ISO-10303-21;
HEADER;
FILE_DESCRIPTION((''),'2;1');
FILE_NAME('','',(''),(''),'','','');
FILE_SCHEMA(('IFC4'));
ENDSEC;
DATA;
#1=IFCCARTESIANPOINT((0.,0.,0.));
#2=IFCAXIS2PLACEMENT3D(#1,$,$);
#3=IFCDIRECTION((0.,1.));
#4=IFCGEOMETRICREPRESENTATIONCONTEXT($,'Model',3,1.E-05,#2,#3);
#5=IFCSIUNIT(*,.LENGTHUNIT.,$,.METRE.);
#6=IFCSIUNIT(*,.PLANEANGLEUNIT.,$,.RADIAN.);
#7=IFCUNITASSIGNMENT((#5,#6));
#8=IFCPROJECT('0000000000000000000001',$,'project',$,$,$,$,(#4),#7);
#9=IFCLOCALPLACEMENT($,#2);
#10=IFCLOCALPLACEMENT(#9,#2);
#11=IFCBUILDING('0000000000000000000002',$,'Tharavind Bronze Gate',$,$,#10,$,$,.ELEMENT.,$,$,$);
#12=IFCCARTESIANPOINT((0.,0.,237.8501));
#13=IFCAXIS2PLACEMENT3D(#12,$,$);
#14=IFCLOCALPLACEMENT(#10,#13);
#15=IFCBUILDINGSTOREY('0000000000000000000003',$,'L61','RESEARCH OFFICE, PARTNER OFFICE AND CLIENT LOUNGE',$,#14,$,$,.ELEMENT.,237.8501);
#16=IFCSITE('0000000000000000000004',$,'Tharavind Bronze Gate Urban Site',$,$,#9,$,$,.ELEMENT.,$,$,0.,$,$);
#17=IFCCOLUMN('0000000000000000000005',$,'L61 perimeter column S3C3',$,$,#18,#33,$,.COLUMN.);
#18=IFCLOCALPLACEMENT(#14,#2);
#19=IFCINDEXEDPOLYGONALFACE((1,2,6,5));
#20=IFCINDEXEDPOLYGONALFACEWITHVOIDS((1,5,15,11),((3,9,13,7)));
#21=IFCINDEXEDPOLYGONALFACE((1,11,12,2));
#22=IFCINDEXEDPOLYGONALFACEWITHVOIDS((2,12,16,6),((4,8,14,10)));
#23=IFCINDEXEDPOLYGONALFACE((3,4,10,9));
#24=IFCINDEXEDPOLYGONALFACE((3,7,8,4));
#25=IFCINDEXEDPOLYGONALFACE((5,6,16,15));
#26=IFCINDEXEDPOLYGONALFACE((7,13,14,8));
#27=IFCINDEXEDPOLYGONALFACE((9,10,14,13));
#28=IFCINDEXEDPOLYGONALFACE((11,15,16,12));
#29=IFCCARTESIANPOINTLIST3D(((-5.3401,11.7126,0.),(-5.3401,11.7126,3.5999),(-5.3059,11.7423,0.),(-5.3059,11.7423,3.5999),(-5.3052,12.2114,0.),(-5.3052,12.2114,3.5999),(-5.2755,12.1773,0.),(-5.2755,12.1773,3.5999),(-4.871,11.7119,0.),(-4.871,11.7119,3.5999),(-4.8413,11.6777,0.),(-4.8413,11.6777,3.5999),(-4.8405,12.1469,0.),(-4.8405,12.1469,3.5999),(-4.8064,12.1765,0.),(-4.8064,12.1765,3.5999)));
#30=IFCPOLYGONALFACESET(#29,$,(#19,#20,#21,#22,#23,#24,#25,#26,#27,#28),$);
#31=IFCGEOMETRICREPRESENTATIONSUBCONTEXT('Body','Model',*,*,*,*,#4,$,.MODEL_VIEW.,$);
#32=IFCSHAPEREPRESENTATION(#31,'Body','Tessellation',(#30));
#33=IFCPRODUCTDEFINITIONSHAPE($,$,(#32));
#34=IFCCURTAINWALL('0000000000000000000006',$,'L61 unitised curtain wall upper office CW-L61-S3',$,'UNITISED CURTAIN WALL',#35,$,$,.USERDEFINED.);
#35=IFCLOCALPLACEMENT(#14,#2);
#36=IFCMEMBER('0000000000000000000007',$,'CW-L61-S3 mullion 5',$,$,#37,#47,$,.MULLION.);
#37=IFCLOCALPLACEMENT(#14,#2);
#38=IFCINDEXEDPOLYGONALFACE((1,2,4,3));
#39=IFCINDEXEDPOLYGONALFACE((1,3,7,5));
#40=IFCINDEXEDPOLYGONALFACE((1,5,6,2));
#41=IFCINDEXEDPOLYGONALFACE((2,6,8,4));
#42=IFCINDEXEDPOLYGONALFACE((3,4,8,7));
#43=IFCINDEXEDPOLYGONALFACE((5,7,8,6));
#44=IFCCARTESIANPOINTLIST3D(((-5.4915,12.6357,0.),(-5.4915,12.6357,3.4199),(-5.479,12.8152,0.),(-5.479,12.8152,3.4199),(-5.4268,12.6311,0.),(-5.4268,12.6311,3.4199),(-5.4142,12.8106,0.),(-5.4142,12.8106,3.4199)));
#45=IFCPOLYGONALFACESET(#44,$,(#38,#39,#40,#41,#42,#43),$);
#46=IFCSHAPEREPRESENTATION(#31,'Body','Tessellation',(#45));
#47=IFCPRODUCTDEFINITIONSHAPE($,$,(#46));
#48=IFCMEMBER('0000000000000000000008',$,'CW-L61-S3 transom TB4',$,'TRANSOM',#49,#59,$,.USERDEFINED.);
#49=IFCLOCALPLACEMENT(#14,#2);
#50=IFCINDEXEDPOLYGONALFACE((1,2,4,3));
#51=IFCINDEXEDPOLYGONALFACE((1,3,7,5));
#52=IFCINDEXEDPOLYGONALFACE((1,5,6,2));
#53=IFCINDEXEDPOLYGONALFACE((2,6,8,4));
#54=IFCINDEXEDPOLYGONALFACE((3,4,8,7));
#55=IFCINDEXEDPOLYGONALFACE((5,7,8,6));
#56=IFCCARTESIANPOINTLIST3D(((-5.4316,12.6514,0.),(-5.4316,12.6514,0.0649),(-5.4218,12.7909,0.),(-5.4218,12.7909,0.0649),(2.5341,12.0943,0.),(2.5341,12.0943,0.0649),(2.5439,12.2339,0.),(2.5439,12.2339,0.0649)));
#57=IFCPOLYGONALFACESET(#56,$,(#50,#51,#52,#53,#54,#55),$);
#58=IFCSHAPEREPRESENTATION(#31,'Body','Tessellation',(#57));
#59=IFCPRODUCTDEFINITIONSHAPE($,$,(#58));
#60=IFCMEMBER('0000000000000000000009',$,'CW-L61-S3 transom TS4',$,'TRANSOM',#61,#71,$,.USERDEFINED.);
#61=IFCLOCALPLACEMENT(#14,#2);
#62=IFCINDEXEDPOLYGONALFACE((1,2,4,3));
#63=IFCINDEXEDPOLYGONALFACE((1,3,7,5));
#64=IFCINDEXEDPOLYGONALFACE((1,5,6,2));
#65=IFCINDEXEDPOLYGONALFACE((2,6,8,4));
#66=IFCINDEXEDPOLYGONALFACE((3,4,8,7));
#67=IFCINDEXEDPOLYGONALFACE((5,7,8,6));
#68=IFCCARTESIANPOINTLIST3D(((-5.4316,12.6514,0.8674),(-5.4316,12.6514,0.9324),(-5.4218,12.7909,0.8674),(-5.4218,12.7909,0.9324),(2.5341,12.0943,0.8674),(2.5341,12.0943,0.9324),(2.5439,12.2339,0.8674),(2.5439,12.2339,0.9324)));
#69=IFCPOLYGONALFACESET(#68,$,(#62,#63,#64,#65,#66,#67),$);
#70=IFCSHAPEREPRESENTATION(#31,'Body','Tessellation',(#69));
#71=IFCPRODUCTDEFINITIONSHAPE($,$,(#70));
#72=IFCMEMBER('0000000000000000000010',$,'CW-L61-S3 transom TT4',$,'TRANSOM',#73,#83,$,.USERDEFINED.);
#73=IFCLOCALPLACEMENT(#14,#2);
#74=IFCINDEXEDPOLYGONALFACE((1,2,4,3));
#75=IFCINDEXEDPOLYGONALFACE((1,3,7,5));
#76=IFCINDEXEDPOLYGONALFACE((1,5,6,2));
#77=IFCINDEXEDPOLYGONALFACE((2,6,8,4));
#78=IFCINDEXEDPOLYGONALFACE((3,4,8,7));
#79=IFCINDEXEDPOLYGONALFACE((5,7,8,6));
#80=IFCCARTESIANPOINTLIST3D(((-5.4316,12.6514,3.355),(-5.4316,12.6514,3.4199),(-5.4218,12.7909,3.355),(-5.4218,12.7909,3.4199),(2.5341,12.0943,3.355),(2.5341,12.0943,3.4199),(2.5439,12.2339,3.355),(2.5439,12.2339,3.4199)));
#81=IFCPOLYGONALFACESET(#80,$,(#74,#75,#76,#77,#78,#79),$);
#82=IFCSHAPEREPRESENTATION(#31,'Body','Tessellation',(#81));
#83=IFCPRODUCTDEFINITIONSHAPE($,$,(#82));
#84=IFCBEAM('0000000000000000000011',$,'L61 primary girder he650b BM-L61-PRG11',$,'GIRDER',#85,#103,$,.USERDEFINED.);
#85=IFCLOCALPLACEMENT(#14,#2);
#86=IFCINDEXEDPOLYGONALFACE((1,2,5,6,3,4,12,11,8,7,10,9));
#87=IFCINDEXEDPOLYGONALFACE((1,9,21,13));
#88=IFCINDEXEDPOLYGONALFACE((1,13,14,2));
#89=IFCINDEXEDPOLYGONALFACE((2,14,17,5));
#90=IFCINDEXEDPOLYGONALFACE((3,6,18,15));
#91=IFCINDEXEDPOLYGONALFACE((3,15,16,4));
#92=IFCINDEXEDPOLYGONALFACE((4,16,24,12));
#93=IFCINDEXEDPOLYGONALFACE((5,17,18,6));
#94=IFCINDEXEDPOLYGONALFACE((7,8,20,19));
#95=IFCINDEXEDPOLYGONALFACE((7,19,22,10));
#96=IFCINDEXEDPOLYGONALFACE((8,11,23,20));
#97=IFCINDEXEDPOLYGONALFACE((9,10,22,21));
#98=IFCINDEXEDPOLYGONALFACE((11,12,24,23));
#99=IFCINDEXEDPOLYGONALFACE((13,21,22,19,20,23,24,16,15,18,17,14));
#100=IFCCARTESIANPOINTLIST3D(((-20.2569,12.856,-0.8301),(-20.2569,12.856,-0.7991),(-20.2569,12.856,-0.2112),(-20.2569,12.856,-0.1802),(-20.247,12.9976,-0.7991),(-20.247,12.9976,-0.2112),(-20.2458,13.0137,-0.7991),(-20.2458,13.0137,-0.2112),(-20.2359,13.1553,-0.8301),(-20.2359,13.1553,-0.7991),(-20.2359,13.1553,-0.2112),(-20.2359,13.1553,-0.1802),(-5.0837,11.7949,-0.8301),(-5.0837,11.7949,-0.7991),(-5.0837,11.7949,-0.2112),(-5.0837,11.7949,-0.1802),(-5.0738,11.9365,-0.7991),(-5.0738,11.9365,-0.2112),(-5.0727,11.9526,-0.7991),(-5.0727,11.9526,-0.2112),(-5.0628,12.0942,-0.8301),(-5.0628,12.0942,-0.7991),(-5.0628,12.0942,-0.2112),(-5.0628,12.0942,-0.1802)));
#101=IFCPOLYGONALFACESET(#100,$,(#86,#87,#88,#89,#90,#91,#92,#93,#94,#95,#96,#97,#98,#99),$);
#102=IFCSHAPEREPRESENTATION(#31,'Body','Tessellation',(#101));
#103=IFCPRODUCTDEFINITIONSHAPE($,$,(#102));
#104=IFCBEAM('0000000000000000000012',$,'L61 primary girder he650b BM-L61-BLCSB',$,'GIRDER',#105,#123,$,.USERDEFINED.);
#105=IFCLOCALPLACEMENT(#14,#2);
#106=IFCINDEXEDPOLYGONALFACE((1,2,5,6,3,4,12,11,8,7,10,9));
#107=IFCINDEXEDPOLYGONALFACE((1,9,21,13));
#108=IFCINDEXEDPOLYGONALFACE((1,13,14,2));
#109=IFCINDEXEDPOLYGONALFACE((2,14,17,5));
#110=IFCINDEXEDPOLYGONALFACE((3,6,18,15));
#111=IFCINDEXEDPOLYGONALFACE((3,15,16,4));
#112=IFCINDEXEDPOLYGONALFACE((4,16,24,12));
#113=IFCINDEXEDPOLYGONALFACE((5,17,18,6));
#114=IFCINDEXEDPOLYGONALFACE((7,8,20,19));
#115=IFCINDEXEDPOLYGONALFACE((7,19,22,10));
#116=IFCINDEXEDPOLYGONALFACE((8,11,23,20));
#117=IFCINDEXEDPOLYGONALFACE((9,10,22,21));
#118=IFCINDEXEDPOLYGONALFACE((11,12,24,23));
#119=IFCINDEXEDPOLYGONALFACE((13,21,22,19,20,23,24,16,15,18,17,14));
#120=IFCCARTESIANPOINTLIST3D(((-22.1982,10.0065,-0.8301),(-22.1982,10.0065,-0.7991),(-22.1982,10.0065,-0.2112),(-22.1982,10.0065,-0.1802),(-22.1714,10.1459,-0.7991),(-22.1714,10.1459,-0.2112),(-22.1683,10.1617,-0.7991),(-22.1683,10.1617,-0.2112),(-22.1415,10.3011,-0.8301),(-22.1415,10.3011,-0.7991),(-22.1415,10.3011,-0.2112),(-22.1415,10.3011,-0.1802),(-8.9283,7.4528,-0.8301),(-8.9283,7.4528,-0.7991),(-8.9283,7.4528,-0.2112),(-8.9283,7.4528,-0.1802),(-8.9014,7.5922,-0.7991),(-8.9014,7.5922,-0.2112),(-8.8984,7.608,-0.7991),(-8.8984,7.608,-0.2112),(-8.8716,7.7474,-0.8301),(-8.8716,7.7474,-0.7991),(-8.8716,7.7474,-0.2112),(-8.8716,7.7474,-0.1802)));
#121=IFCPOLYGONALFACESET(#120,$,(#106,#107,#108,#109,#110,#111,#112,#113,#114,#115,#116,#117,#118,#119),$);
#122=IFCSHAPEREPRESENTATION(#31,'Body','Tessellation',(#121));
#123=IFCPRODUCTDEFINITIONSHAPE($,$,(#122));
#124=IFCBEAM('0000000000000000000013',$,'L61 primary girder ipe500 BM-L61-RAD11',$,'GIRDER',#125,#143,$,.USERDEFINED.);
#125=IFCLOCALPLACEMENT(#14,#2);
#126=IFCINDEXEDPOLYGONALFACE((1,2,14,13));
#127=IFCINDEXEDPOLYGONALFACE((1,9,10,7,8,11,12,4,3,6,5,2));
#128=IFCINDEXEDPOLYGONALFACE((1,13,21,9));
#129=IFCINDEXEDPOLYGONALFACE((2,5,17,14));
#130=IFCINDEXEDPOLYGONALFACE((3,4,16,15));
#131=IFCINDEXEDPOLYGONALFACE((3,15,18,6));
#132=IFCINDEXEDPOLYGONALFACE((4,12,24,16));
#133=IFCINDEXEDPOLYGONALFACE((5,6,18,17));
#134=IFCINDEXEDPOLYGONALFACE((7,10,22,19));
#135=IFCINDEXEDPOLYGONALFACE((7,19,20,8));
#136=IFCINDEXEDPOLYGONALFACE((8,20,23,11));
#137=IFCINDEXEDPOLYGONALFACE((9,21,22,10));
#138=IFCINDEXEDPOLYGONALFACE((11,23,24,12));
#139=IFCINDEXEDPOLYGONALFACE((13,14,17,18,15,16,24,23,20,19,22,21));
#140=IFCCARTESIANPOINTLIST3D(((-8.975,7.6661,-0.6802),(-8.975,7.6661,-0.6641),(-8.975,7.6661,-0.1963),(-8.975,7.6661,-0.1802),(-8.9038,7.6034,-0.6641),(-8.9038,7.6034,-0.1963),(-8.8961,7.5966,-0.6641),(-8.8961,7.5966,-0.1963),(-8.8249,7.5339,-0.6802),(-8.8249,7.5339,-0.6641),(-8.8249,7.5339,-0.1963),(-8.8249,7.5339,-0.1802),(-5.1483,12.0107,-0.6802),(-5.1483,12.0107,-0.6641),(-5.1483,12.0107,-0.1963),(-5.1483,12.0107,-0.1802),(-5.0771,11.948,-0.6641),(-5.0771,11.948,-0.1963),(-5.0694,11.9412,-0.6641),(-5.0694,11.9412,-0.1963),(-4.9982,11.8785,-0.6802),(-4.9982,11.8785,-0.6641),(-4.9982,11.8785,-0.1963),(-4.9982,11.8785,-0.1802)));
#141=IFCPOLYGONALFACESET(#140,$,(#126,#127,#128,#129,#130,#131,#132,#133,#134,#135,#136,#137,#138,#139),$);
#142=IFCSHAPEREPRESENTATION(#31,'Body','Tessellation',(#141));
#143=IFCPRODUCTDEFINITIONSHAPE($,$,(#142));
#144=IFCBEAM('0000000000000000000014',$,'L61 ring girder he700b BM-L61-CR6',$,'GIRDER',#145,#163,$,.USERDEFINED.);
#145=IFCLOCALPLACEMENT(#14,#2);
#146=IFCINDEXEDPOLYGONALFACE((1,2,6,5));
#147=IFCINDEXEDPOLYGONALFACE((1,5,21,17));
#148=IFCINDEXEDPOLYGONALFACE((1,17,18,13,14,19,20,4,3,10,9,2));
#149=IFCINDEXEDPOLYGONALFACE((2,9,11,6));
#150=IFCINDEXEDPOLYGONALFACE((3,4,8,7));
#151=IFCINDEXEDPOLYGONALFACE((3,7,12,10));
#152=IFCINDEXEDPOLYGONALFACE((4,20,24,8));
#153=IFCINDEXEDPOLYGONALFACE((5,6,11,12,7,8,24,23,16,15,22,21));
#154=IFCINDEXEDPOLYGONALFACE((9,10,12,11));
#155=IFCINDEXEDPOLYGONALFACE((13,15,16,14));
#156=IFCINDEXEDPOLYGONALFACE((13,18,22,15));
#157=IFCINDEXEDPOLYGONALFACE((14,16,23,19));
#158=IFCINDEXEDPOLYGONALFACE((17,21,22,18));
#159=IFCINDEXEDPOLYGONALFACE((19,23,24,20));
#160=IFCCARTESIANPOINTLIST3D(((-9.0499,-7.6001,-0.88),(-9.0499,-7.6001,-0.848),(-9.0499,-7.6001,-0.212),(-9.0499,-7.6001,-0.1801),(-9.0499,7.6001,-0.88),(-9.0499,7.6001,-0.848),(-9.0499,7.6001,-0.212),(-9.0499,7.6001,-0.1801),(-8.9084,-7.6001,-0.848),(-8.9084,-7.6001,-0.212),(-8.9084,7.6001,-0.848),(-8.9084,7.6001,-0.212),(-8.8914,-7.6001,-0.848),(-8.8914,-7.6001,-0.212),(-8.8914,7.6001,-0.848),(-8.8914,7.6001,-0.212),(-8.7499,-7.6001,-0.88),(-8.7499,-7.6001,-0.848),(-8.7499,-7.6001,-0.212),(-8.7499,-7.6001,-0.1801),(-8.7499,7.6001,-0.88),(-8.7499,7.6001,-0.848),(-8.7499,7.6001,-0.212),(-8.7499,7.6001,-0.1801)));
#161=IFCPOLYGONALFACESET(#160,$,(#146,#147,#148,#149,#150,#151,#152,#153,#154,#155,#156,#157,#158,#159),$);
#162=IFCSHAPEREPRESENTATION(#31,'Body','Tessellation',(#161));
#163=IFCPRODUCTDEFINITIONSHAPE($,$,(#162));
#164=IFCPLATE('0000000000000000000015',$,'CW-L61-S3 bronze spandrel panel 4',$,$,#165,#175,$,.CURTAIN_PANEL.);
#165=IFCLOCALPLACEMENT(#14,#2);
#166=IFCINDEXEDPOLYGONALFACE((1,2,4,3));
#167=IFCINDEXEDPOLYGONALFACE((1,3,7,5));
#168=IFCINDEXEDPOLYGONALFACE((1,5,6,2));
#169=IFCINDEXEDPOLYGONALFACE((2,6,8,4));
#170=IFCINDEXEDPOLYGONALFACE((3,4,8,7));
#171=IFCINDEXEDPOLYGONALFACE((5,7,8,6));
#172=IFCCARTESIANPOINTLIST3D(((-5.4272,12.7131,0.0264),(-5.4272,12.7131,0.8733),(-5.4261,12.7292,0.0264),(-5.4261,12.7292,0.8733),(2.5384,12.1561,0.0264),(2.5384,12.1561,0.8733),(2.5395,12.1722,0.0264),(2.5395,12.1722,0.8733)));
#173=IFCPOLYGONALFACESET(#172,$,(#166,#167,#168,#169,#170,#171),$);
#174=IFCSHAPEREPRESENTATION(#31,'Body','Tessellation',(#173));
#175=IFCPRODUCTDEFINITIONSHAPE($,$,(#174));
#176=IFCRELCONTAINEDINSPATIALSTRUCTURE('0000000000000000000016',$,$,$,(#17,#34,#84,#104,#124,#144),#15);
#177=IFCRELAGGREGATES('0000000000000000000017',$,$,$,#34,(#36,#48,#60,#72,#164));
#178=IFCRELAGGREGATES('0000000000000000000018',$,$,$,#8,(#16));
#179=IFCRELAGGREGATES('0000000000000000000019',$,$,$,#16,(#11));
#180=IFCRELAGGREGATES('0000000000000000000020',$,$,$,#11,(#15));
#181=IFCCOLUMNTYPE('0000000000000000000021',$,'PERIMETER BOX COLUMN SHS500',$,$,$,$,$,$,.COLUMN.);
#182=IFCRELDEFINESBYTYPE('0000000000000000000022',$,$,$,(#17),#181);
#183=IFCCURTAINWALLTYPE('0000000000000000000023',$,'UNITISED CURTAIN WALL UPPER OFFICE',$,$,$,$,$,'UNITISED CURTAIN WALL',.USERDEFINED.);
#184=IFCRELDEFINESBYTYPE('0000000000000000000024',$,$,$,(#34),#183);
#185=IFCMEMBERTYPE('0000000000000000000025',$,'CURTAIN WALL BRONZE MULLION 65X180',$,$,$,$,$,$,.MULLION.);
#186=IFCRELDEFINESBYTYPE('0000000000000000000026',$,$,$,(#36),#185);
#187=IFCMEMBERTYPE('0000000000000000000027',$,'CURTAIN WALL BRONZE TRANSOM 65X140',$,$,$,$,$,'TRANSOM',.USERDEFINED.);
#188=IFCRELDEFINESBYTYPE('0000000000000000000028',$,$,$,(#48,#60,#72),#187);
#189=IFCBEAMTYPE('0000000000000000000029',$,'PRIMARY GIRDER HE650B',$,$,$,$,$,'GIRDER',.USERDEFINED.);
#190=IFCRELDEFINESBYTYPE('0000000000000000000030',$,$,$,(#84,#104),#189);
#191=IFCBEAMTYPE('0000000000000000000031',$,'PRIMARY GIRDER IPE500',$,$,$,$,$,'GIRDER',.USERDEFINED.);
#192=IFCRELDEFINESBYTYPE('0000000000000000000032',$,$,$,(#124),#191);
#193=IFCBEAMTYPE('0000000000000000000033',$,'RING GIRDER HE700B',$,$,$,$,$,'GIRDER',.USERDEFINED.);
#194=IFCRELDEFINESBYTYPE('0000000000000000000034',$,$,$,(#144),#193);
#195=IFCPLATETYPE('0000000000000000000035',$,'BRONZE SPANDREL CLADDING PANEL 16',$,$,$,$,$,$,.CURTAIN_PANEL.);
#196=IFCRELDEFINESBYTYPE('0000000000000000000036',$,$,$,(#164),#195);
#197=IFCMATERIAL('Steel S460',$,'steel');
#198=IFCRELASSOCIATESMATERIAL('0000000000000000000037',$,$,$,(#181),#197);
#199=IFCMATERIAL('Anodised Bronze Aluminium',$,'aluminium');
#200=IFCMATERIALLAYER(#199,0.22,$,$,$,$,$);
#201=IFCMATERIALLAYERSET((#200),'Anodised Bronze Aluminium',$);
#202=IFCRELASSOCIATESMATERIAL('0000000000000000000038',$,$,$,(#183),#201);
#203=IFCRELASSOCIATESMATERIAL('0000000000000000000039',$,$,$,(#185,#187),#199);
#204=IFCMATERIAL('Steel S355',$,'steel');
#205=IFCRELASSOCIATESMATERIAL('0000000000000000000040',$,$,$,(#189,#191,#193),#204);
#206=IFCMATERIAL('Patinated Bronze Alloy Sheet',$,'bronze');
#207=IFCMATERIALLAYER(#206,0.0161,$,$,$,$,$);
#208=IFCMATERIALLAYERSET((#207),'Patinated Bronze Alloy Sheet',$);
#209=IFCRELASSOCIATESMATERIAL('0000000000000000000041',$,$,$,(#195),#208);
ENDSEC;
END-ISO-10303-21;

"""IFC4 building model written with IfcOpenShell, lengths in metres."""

from ifc_helpers import new_model, si_unit, direction, frame, origin, origin_2d, place, context, subcontext, project, spatial, rectangle, hollow_rectangle, i_section, extrude, material, layer, layer_set, material_profile, profile_set, type_object, element, aggregate, save


model = new_model("IFC4")

# Units and contexts
model_context = context("Model", 3, precision=1e-05, world=origin(), true_north=direction((0.0, 1.0)))
body_context = subcontext(model_context, "Body", "Model", "MODEL_VIEW")
ifc_project = project(units=[si_unit("LENGTHUNIT", "METRE"), si_unit("PLANEANGLEUNIT", "RADIAN")], contexts=[model_context])

# Site, building, storey
site_placement = place(None, origin())
site = spatial("IfcSite", under=ifc_project, at=site_placement, Name="Tharavind Bronze Gate Urban Site", CompositionType="ELEMENT", RefElevation=0.0)
building_placement = place(site_placement, origin())
building = spatial("IfcBuilding", under=site, at=building_placement, Name="Tharavind Bronze Gate", CompositionType="ELEMENT")
storey_placement = place(building_placement, frame((0.0, 0.0, 237.8501)))
storey = spatial("IfcBuildingStorey", under=building, at=storey_placement, Name="L61", Description="RESEARCH OFFICE, PARTNER OFFICE AND CLIENT LOUNGE", CompositionType="ELEMENT", Elevation=237.8501)

# Column
ifc_material_1 = material(Name="Steel S460", Category="steel")
ifc_material_profile_1 = material_profile(ifc_material_1, hollow_rectangle(XDim=0.5, YDim=0.5, WallThickness=0.032, at=origin_2d()), Name="SHS500X32")
ifc_profile_set_1 = profile_set([ifc_material_profile_1], Name="Steel S460")
column_type = type_object("IfcColumnType", Name="PERIMETER BOX COLUMN SHS500", PredefinedType="COLUMN", material=ifc_profile_set_1)
column_placement = place(storey_placement, frame((-5.0732, 11.9446, 0.0), z_axis=(0.0, 0.0, 1.0), x_axis=(-0.997564, 0.069756, 0.0)))
element("IfcColumn", 1, at=column_placement, inside=storey, type_object=column_type, Name="L61 perimeter column S3C3", PredefinedType="COLUMN", context=body_context, shape_type="SweptSolid", body=[
    extrude(hollow_rectangle(XDim=0.5, YDim=0.5, WallThickness=0.032, at=origin_2d()), origin(), (0.0, 0.0, 1.0), 3.5999),
])

# Curtain wall, members
ifc_material_2 = material(Name="Anodised Bronze Aluminium", Category="aluminium")
ifc_layer_1 = layer(ifc_material_2, 0.22)
ifc_layer_set_1 = layer_set([ifc_layer_1], Name="Anodised Bronze Aluminium")
curtain_wall_type = type_object("IfcCurtainWallType", Name="UNITISED CURTAIN WALL UPPER OFFICE", ElementType="UNITISED CURTAIN WALL", PredefinedType="USERDEFINED", material=ifc_layer_set_1)
curtain_wall_placement = place(storey_placement, origin())
curtain_wall = element("IfcCurtainWall", 2, at=curtain_wall_placement, inside=storey, type_object=curtain_wall_type, Name="L61 unitised curtain wall upper office CW-L61-S3", ObjectType="UNITISED CURTAIN WALL", PredefinedType="USERDEFINED")
member_type_1 = type_object("IfcMemberType", Name="CURTAIN WALL BRONZE MULLION 65X180", PredefinedType="MULLION", material=ifc_material_2)
member_1_placement = place(storey_placement, frame((-5.4529, 12.7231, 0.0), z_axis=(0.0, 0.0, 1.0), x_axis=(-0.997564, 0.069758, 0.0)))
member_1 = element("IfcMember", 3, at=member_1_placement, type_object=member_type_1, Name="CW-L61-S3 mullion 5", PredefinedType="MULLION", context=body_context, shape_type="SweptSolid", body=[
    extrude(rectangle(XDim=0.0649, YDim=0.1799, at=origin_2d()), origin(), (0.0, 0.0, 1.0), 3.4199),
])
member_type_2 = type_object("IfcMemberType", Name="CURTAIN WALL BRONZE TRANSOM 65X140", ElementType="TRANSOM", PredefinedType="USERDEFINED", material=ifc_material_2)
member_2_placement = place(storey_placement, frame((-1.4438, 12.4426, 0.0), z_axis=(0.0, 0.0, 1.0), x_axis=(-0.997564, 0.069758, 0.0)))
member_2 = element("IfcMember", 4, at=member_2_placement, type_object=member_type_2, Name="CW-L61-S3 transom TB4", ObjectType="TRANSOM", PredefinedType="USERDEFINED", context=body_context, shape_type="SweptSolid", body=[
    extrude(rectangle(XDim=7.9851, YDim=0.1399, at=origin_2d()), origin(), (0.0, 0.0, 1.0), 0.0649),
])
member_3_placement = place(storey_placement, frame((-1.4438, 12.4426, 0.8674), z_axis=(0.0, 0.0, 1.0), x_axis=(-0.997564, 0.069758, 0.0)))
member_3 = element("IfcMember", 5, at=member_3_placement, type_object=member_type_2, Name="CW-L61-S3 transom TS4", ObjectType="TRANSOM", PredefinedType="USERDEFINED", context=body_context, shape_type="SweptSolid", body=[
    extrude(rectangle(XDim=7.9851, YDim=0.1399, at=origin_2d()), origin(), (0.0, 0.0, 1.0), 0.0649),
])
member_4_placement = place(storey_placement, frame((-1.4438, 12.4426, 3.355), z_axis=(0.0, 0.0, 1.0), x_axis=(-0.997564, 0.069758, 0.0)))
member_4 = element("IfcMember", 6, at=member_4_placement, type_object=member_type_2, Name="CW-L61-S3 transom TT4", ObjectType="TRANSOM", PredefinedType="USERDEFINED", context=body_context, shape_type="SweptSolid", body=[
    extrude(rectangle(XDim=7.9851, YDim=0.1399, at=origin_2d()), origin(), (0.0, 0.0, 1.0), 0.0649),
])

# Beams
ifc_material_3 = material(Name="Steel S355", Category="steel")
ifc_material_profile_2 = material_profile(ifc_material_3, i_section(OverallWidth=0.3, OverallDepth=0.6499, WebThickness=0.0161, FlangeThickness=0.031, at=origin_2d()), Name="HE650B")
ifc_profile_set_2 = profile_set([ifc_material_profile_2], Name="Steel S355")
beam_type_1 = type_object("IfcBeamType", Name="PRIMARY GIRDER HE650B", ElementType="GIRDER", PredefinedType="USERDEFINED", material=ifc_profile_set_2)
beam_1_placement = place(storey_placement, frame((-5.0732, 11.9446, -0.5051), z_axis=(-0.997564, 0.069758, 0.0), x_axis=(-0.069758, -0.997564, 0.0)))
element("IfcBeam", 7, at=beam_1_placement, inside=storey, type_object=beam_type_1, Name="L61 primary girder he650b BM-L61-PRG11", ObjectType="GIRDER", PredefinedType="USERDEFINED", context=body_context, shape_type="SweptSolid", body=[
    extrude(i_section(OverallWidth=0.3, OverallDepth=0.6499, WebThickness=0.0161, FlangeThickness=0.031, at=origin_2d()), origin(), (0.0, 0.0, 1.0), 15.2102),
])
beam_2_placement = place(storey_placement, frame((-8.8999, 7.6001, -0.5051), z_axis=(-0.981982, 0.188975, 0.0), x_axis=(-0.188975, -0.981982, 0.0)))
element("IfcBeam", 8, at=beam_2_placement, inside=storey, type_object=beam_type_1, Name="L61 primary girder he650b BM-L61-BLCSB", ObjectType="GIRDER", PredefinedType="USERDEFINED", context=body_context, shape_type="SweptSolid", body=[
    extrude(i_section(OverallWidth=0.3, OverallDepth=0.6499, WebThickness=0.0161, FlangeThickness=0.031, at=origin_2d()), origin(), (0.0, 0.0, 1.0), 13.5134),
])
ifc_material_profile_3 = material_profile(ifc_material_3, i_section(OverallWidth=0.2, OverallDepth=0.5, WebThickness=0.0103, FlangeThickness=0.0161, at=origin_2d()), Name="IPE500")
ifc_profile_set_3 = profile_set([ifc_material_profile_3], Name="Steel S355")
beam_type_2 = type_object("IfcBeamType", Name="PRIMARY GIRDER IPE500", ElementType="GIRDER", PredefinedType="USERDEFINED", material=ifc_profile_set_3)
beam_3_placement = place(storey_placement, frame((-5.0732, 11.9446, -0.4302), z_axis=(-0.66097, -0.750412, 0.0), x_axis=(0.750412, -0.66097, 0.0)))
element("IfcBeam", 9, at=beam_3_placement, inside=storey, type_object=beam_type_2, Name="L61 primary girder ipe500 BM-L61-RAD11", ObjectType="GIRDER", PredefinedType="USERDEFINED", context=body_context, shape_type="SweptSolid", body=[
    extrude(i_section(OverallWidth=0.2, OverallDepth=0.5, WebThickness=0.0103, FlangeThickness=0.0161, at=origin_2d()), origin(), (0.0, 0.0, 1.0), 5.7896),
])
ifc_material_profile_4 = material_profile(ifc_material_3, i_section(OverallWidth=0.3, OverallDepth=0.7, WebThickness=0.0171, FlangeThickness=0.032, at=origin_2d()), Name="HE700B")
ifc_profile_set_4 = profile_set([ifc_material_profile_4], Name="Steel S355")
beam_type_3 = type_object("IfcBeamType", Name="RING GIRDER HE700B", ElementType="GIRDER", PredefinedType="USERDEFINED", material=ifc_profile_set_4)
beam_4_placement = place(storey_placement, frame((-8.8999, 7.6001, -0.53), z_axis=(0.0, -1.0, 0.0), x_axis=(1.0, 0.0, 0.0)))
element("IfcBeam", 10, at=beam_4_placement, inside=storey, type_object=beam_type_3, Name="L61 ring girder he700b BM-L61-CR6", ObjectType="GIRDER", PredefinedType="USERDEFINED", context=body_context, shape_type="SweptSolid", body=[
    extrude(i_section(OverallWidth=0.3, OverallDepth=0.7, WebThickness=0.0171, FlangeThickness=0.032, at=origin_2d()), origin(), (0.0, 0.0, 1.0), 15.2002),
])

# Plate
ifc_material_4 = material(Name="Patinated Bronze Alloy Sheet", Category="bronze")
ifc_layer_2 = layer(ifc_material_4, 0.0161)
ifc_layer_set_2 = layer_set([ifc_layer_2], Name="Patinated Bronze Alloy Sheet")
plate_type_1 = type_object("IfcPlateType", Name="BRONZE SPANDREL CLADDING PANEL 16", PredefinedType="CURTAIN_PANEL", material=ifc_layer_set_2)
plate_1_placement = place(storey_placement, frame((-1.4438, 12.4426, 0.0264), z_axis=(0.0, 0.0, 1.0), x_axis=(-0.997564, 0.069758, 0.0)))
plate_1 = element("IfcPlate", 11, at=plate_1_placement, type_object=plate_type_1, Name="CW-L61-S3 bronze spandrel panel 4", PredefinedType="CURTAIN_PANEL", context=body_context, shape_type="SweptSolid", body=[
    extrude(rectangle(XDim=7.9851, YDim=0.0161, at=origin_2d()), origin(), (0.0, 0.0, 1.0), 0.8469),
])
aggregate(curtain_wall, [member_1, member_2, member_3, member_4, plate_1])

save(model, "model.ifc")
